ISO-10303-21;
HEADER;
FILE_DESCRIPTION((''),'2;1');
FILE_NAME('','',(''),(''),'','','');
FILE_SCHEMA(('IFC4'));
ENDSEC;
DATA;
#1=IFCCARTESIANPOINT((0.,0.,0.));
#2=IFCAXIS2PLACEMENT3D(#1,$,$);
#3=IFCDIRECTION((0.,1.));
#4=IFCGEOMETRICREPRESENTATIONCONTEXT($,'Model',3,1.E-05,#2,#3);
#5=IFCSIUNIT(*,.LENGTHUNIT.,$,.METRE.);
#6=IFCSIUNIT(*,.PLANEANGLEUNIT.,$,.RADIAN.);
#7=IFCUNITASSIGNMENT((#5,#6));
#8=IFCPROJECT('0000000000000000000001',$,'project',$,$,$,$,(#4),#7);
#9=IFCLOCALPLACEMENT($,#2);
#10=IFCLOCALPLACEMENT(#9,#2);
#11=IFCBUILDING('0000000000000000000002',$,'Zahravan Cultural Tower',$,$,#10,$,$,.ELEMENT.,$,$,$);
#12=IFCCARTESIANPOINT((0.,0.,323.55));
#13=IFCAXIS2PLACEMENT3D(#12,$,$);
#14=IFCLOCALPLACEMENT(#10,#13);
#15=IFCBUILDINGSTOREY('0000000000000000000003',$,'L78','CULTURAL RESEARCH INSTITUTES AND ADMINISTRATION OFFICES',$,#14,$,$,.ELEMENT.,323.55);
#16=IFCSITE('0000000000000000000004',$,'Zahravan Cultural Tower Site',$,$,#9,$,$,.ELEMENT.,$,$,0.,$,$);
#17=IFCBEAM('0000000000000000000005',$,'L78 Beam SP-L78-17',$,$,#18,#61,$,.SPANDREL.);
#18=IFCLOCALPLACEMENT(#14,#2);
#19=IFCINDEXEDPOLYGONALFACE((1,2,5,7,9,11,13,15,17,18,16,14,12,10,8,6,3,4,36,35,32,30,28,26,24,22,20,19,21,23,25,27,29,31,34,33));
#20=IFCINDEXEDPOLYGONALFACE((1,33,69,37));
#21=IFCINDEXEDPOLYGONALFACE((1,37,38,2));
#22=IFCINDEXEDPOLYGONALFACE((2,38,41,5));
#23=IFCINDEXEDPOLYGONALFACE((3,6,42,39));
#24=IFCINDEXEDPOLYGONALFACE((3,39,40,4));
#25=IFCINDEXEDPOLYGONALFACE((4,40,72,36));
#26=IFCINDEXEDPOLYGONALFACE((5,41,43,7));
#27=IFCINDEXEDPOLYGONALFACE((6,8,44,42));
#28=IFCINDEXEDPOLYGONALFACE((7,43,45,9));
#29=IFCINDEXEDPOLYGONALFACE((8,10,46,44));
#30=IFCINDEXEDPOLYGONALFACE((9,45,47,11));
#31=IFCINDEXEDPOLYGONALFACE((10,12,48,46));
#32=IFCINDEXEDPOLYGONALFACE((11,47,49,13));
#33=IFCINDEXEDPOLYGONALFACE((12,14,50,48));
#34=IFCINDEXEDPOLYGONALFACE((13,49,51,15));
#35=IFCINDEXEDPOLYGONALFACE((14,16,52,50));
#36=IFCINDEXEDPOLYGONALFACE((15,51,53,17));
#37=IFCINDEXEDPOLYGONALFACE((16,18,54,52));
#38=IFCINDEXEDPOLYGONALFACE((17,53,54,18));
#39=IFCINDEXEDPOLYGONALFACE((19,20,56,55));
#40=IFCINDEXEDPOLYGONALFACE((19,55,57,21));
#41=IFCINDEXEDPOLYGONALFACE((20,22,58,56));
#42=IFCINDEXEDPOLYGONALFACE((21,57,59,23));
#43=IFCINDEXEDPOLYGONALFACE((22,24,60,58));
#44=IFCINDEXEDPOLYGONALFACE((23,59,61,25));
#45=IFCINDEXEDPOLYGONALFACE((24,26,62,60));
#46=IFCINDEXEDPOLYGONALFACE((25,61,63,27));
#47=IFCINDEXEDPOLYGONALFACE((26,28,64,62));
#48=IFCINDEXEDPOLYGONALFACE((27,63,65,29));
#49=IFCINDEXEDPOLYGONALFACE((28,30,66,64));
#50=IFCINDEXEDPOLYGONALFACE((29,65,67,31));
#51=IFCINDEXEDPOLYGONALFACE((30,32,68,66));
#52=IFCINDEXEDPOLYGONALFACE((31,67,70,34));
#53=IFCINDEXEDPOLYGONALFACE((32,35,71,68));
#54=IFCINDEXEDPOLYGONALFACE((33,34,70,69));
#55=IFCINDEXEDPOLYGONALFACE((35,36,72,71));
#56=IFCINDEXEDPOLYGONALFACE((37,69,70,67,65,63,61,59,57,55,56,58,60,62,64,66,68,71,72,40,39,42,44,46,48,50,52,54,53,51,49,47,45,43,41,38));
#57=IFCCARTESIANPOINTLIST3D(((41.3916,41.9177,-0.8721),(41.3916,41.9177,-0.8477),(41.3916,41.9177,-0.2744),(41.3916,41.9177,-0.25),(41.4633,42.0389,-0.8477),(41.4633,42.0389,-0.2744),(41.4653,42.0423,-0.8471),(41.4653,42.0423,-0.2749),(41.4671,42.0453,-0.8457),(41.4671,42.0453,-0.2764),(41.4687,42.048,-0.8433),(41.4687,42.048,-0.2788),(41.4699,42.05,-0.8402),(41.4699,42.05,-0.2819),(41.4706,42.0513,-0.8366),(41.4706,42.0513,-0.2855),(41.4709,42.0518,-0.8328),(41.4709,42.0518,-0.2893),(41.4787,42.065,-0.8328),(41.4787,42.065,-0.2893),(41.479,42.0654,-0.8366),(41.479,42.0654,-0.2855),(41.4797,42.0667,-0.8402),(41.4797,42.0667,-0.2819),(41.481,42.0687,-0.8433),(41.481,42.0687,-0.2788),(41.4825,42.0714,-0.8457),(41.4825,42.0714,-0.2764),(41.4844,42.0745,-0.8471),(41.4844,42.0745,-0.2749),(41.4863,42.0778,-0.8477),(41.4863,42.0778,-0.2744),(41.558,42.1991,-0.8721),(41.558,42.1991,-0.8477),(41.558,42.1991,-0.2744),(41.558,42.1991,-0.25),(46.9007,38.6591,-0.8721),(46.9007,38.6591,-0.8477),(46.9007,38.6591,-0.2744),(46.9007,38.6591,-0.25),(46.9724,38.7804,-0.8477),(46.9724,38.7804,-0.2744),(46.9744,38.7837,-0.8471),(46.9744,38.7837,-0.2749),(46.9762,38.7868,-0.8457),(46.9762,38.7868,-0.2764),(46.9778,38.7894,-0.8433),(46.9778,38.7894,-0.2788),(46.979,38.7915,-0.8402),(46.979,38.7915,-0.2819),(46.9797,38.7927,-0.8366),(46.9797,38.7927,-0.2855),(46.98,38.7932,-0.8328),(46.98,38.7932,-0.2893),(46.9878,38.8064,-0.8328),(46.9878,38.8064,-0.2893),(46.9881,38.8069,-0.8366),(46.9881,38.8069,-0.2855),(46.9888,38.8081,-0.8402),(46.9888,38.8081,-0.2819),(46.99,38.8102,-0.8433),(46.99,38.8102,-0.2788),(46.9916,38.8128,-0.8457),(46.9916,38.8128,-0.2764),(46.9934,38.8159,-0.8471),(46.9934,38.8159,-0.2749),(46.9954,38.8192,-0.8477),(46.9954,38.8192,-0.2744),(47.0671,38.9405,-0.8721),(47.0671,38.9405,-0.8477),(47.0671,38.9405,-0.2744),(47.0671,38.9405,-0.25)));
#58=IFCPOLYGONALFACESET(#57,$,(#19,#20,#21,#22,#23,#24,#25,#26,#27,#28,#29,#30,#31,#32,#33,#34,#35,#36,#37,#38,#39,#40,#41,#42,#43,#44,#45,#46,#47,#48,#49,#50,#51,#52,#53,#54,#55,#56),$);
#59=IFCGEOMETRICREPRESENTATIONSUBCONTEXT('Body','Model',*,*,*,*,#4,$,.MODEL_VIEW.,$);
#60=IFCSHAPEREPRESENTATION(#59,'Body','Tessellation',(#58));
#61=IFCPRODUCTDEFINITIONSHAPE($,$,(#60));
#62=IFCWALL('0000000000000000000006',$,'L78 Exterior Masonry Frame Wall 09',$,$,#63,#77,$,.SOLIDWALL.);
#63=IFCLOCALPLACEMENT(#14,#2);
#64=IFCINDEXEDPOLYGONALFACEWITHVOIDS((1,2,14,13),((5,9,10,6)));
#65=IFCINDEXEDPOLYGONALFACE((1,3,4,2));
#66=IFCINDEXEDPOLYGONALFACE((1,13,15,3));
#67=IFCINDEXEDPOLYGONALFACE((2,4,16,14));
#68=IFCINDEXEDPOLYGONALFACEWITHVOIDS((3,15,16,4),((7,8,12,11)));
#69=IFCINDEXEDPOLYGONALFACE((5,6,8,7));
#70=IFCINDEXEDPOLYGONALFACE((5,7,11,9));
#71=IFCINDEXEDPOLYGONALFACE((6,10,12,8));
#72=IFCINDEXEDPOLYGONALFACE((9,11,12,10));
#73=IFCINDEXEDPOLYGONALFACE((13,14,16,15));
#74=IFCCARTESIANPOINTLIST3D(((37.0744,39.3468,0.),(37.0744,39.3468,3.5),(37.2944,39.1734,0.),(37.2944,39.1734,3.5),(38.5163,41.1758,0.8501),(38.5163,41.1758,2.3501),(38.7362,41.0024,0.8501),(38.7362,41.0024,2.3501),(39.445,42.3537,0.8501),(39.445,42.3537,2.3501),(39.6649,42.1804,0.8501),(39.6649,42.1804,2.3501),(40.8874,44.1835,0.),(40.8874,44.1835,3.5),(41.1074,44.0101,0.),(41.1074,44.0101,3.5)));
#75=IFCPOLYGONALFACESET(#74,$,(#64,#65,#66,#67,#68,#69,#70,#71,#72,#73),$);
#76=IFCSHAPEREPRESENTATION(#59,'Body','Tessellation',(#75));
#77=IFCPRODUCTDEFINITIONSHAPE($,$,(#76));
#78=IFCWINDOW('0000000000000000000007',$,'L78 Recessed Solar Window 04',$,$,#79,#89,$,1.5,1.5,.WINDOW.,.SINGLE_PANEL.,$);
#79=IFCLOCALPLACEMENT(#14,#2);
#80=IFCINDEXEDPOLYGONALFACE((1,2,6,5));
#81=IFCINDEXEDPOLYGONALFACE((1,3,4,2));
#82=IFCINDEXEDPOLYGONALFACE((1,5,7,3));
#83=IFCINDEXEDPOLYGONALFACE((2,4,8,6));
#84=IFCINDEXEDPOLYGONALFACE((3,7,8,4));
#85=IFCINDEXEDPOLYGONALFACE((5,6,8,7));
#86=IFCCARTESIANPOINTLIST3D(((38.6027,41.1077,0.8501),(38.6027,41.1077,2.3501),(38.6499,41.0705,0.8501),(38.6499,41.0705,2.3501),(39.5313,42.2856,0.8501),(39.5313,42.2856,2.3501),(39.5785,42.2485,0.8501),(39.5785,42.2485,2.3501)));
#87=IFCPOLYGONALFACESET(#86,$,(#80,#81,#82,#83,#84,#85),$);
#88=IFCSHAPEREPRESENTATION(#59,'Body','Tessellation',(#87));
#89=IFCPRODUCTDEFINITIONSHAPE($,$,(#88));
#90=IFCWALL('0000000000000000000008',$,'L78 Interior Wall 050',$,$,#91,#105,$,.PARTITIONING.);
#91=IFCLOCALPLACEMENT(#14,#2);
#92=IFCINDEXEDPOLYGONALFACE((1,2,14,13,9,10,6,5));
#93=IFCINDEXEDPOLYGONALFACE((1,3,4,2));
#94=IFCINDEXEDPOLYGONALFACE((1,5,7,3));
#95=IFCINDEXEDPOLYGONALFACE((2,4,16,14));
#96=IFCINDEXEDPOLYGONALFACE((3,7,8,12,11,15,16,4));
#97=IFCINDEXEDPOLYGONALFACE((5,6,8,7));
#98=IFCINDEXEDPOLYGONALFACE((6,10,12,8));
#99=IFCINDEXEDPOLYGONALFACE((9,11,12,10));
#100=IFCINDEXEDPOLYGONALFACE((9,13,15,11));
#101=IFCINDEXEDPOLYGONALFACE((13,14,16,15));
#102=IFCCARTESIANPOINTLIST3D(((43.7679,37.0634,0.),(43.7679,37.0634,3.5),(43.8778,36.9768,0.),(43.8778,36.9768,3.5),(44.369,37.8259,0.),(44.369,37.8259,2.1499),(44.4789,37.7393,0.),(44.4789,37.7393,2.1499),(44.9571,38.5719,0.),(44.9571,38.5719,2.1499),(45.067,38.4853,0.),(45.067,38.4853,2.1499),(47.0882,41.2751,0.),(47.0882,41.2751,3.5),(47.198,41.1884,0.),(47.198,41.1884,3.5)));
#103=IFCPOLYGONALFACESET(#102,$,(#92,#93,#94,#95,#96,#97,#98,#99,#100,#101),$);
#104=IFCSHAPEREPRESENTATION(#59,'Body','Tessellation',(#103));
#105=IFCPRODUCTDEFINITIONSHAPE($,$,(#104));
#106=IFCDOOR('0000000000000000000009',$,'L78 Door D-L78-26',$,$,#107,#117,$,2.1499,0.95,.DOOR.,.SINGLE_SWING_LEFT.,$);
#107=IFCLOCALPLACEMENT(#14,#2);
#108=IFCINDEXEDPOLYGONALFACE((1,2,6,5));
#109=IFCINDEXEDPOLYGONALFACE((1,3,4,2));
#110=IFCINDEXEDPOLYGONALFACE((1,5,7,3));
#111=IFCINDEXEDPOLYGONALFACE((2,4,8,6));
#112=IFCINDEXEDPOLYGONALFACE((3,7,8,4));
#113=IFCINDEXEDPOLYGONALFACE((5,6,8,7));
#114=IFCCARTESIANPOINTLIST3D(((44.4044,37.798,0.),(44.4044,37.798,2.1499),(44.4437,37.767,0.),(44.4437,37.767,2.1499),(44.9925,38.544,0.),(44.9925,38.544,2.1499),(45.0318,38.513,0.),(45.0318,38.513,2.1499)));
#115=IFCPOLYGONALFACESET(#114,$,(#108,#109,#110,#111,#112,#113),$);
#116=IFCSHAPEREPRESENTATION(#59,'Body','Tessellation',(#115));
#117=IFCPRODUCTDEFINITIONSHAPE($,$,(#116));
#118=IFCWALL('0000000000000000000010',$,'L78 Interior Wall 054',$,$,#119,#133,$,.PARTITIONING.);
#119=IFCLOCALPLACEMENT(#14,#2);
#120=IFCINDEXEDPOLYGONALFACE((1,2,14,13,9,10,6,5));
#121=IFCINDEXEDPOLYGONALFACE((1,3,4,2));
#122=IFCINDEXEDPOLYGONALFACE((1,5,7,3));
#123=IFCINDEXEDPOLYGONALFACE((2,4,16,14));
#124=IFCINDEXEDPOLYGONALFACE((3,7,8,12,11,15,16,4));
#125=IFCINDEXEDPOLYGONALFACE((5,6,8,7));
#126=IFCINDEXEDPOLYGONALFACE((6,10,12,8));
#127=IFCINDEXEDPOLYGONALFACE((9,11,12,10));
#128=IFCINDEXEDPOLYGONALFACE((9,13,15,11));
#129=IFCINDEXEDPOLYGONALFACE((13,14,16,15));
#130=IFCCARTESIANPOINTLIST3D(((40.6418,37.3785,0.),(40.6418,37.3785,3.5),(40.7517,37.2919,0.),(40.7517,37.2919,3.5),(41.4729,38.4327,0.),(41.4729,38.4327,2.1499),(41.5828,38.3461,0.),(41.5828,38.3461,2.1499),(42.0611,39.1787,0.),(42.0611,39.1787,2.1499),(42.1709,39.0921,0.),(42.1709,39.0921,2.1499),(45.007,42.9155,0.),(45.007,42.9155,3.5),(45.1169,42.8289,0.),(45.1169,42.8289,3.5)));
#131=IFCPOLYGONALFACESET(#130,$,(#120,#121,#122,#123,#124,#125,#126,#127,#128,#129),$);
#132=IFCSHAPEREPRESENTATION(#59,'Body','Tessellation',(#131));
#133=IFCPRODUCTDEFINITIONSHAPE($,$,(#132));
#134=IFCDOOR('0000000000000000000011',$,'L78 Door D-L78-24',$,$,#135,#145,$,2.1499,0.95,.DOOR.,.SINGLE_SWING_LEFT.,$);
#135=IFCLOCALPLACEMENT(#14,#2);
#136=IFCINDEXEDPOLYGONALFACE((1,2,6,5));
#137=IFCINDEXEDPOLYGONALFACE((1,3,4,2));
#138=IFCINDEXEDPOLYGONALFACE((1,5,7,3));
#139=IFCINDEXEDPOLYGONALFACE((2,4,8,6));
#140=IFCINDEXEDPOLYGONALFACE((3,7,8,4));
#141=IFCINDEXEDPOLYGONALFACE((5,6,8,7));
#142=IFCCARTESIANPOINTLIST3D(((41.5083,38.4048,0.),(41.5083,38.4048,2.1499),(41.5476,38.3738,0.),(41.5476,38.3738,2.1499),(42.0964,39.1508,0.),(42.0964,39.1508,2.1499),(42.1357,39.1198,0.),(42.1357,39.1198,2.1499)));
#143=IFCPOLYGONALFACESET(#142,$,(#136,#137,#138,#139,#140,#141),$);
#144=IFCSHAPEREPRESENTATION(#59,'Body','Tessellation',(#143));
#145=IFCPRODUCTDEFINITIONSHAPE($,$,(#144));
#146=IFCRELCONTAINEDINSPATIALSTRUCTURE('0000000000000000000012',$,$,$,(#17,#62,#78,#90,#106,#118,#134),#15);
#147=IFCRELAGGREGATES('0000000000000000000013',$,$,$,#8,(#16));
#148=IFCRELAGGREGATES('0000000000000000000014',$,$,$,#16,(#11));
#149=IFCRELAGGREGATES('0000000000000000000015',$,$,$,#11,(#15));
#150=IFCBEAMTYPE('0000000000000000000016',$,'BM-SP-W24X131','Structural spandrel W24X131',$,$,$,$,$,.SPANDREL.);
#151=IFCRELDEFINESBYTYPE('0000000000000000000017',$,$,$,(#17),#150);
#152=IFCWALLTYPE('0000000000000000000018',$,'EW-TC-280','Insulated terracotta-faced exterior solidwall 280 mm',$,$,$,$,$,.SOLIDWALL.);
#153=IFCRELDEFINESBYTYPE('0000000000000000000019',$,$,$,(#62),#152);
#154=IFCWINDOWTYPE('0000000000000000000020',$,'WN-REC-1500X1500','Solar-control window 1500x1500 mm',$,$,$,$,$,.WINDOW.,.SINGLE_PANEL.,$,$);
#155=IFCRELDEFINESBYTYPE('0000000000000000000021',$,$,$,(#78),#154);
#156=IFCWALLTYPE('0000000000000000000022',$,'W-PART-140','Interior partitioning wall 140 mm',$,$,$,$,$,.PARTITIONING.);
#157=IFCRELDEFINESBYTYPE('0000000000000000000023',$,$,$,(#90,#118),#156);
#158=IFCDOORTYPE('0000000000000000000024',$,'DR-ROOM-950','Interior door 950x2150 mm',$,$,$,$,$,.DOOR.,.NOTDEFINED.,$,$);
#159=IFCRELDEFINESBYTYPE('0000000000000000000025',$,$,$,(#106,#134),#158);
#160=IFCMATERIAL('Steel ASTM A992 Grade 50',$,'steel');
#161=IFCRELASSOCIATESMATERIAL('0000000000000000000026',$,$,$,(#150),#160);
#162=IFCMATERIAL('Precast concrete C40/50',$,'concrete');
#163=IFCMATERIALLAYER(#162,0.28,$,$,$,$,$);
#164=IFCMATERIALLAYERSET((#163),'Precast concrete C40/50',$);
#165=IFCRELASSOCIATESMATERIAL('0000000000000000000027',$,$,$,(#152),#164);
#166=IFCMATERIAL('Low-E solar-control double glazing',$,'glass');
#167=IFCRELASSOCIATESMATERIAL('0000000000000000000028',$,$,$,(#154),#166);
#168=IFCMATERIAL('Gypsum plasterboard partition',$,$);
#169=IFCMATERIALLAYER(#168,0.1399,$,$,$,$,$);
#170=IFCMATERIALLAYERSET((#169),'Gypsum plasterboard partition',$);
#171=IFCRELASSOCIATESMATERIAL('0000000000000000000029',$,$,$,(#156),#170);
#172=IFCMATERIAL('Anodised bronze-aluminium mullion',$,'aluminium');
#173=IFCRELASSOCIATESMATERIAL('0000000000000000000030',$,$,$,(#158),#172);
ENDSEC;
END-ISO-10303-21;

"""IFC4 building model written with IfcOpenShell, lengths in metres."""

from ifc_helpers import new_model, si_unit, direction, frame, frame_2d, origin, origin_2d, place, context, subcontext, project, spatial, rectangle, i_section, extrude, source, transform, mapped, material, layer, layer_set, material_profile, profile_set, type_object, element, fill, save


model = new_model("IFC4")

# Units and contexts
model_context = context("Model", 3, precision=1e-05, world=origin(), true_north=direction((0.0, 1.0)))
body_context = subcontext(model_context, "Body", "Model", "MODEL_VIEW")
ifc_project = project(units=[si_unit("LENGTHUNIT", "METRE"), si_unit("PLANEANGLEUNIT", "RADIAN")], contexts=[model_context])

# Site, building, storey
site_placement = place(None, origin())
site = spatial("IfcSite", under=ifc_project, at=site_placement, Name="Zahravan Cultural Tower Site", CompositionType="ELEMENT", RefElevation=0.0)
building_placement = place(site_placement, origin())
building = spatial("IfcBuilding", under=site, at=building_placement, Name="Zahravan Cultural Tower", CompositionType="ELEMENT")
storey_placement = place(building_placement, frame((0.0, 0.0, 323.55)))
storey = spatial("IfcBuildingStorey", under=building, at=storey_placement, Name="L78", Description="CULTURAL RESEARCH INSTITUTES AND ADMINISTRATION OFFICES", CompositionType="ELEMENT", Elevation=323.55)

# Shared definitions
ifc_material_1 = material(Name="Steel ASTM A992 Grade 50", Category="steel")

# Beam
ifc_material_profile_1 = material_profile(ifc_material_1, i_section(OverallWidth=0.3269, OverallDepth=0.6221, WebThickness=0.0154, FlangeThickness=0.0244, FilletRadius=0.0149, at=origin_2d()), Name="W24X131")
ifc_profile_set_1 = profile_set([ifc_material_profile_1], Name="Steel ASTM A992 Grade 50")
beam_type_1 = type_object("IfcBeamType", Name="BM-SP-W24X131", Description="Structural spandrel W24X131", PredefinedType="SPANDREL", material=ifc_profile_set_1)
shared_shape_1 = source(origin(), body_context, "Body", "SweptSolid", [
    extrude(i_section(OverallWidth=0.3269, OverallDepth=0.6221, WebThickness=0.0154, FlangeThickness=0.0244, FilletRadius=0.0149, at=origin_2d()), origin(), (0.0, 0.0, 1.0), 6.4006),
])
beam_1_placement = place(storey_placement, frame((46.9839, 38.7998, -0.561), z_axis=(-0.860707, 0.509101, 0.0), x_axis=(-0.509101, -0.860707, 0.0)))
element("IfcBeam", 1, at=beam_1_placement, inside=storey, type_object=beam_type_1, Name="L78 Beam SP-L78-17", PredefinedType="SPANDREL", context=body_context, shape_type="MappedRepresentation", body=[
    mapped(shared_shape_1, transform((0.0, 0.0, 0.0), x_axis=(1.0, 0.0, 0.0), y_axis=(0.0, 1.0, 0.0), z_axis=(0.0, 0.0, 1.0), scale=1.0)),
])

# Wall, opening, window
ifc_material_2 = material(Name="Precast concrete C40/50", Category="concrete")
ifc_layer_1 = layer(ifc_material_2, 0.28)
ifc_layer_set_1 = layer_set([ifc_layer_1], Name="Precast concrete C40/50")
wall_type_1 = type_object("IfcWallType", Name="EW-TC-280", Description="Insulated terracotta-faced exterior solidwall 280 mm", PredefinedType="SOLIDWALL", material=ifc_layer_set_1)
wall_1_placement = place(storey_placement, frame((37.1843, 39.26, 0.0), z_axis=(0.0, 0.0, 1.0), x_axis=(0.6191, 0.785312, 0.0)))
wall_1 = element("IfcWall", 2, at=wall_1_placement, inside=storey, type_object=wall_type_1, Name="L78 Exterior Masonry Frame Wall 09", PredefinedType="SOLIDWALL", context=body_context, shape_type="SweptSolid", body=[
    extrude(rectangle(XDim=6.1589, YDim=0.28, at=frame_2d((3.0796, 0.0))), origin(), (0.0, 0.0, 1.0), 3.5),
])
opening_1_placement = place(wall_1_placement, frame((2.3291, 0.0, 0.8501)))
opening_1 = element("IfcOpeningElement", 3, at=opening_1_placement, cuts=wall_1, PredefinedType="OPENING", context=body_context, shape_type="SweptSolid", body=[
    extrude(rectangle(XDim=1.5, YDim=1.5, at=frame_2d((0.75, 0.75))), frame((0.0, 0.1499, 0.0), z_axis=(0.0, -1.0, 0.0), x_axis=(1.0, 0.0, 0.0)), (0.0, 0.0, 1.0), 0.3),
])
ifc_material_3 = material(Name="Low-E solar-control double glazing", Category="glass")
window_type = type_object("IfcWindowType", Name="WN-REC-1500X1500", Description="Solar-control window 1500x1500 mm", PartitioningType="SINGLE_PANEL", PredefinedType="WINDOW", material=ifc_material_3)
shared_shape_2 = source(origin(), body_context, "Body", "SweptSolid", [
    extrude(rectangle(XDim=1.5, YDim=1.5, at=frame_2d((0.75, 0.75))), frame((0.0, 0.03, 0.0), z_axis=(0.0, -1.0, 0.0), x_axis=(1.0, 0.0, 0.0)), (0.0, 0.0, 1.0), 0.0601),
])
window_placement = place(opening_1_placement, origin())
window = element("IfcWindow", 4, at=window_placement, inside=storey, type_object=window_type, Name="L78 Recessed Solar Window 04", OverallHeight=1.5, OverallWidth=1.5, PartitioningType="SINGLE_PANEL", PredefinedType="WINDOW", context=body_context, shape_type="MappedRepresentation", body=[
    mapped(shared_shape_2, transform((0.0, 0.0, 0.0), x_axis=(1.0, 0.0, 0.0), y_axis=(0.0, 1.0, 0.0), z_axis=(0.0, 0.0, 1.0), scale=1.0)),
])
fill(opening_1, window)

# Walls, openings, doors
ifc_material_4 = material(Name="Gypsum plasterboard partition")
ifc_layer_2 = layer(ifc_material_4, 0.1399)
ifc_layer_set_2 = layer_set([ifc_layer_2], Name="Gypsum plasterboard partition")
wall_type_2 = type_object("IfcWallType", Name="W-PART-140", Description="Interior partitioning wall 140 mm", PredefinedType="PARTITIONING", material=ifc_layer_set_2)
wall_2_placement = place(storey_placement, frame((43.8228, 37.02, 0.0), z_axis=(0.0, 0.0, 1.0), x_axis=(0.619105, 0.785308, 0.0)))
wall_2 = element("IfcWall", 5, at=wall_2_placement, inside=storey, type_object=wall_type_2, Name="L78 Interior Wall 050", PredefinedType="PARTITIONING", context=body_context, shape_type="SweptSolid", body=[
    extrude(rectangle(XDim=5.363, YDim=0.1399, at=frame_2d((2.6816, 0.0))), origin(), (0.0, 0.0, 1.0), 3.5),
])
opening_2_placement = place(wall_2_placement, frame((0.9709, 0.0, 0.0)))
opening_2 = element("IfcOpeningElement", 6, at=opening_2_placement, cuts=wall_2, PredefinedType="OPENING", context=body_context, shape_type="SweptSolid", body=[
    extrude(rectangle(XDim=0.95, YDim=2.1499, at=frame_2d((0.4751, 1.075))), frame((0.0, 0.0798, 0.0), z_axis=(0.0, -1.0, 0.0), x_axis=(1.0, 0.0, 0.0)), (0.0, 0.0, 1.0), 0.1599),
])
ifc_material_5 = material(Name="Anodised bronze-aluminium mullion", Category="aluminium")
door_type = type_object("IfcDoorType", Name="DR-ROOM-950", Description="Interior door 950x2150 mm", OperationType="NOTDEFINED", PredefinedType="DOOR", material=ifc_material_5)
shared_shape_3 = source(origin(), body_context, "Body", "SweptSolid", [
    extrude(rectangle(XDim=0.95, YDim=2.1499, at=frame_2d((0.4751, 1.075))), frame((0.0, 0.0249, 0.0), z_axis=(0.0, -1.0, 0.0), x_axis=(1.0, 0.0, 0.0)), (0.0, 0.0, 1.0), 0.05),
])
door_1_placement = place(opening_2_placement, origin())
door_1 = element("IfcDoor", 7, at=door_1_placement, inside=storey, type_object=door_type, Name="L78 Door D-L78-26", OperationType="SINGLE_SWING_LEFT", OverallHeight=2.1499, OverallWidth=0.95, PredefinedType="DOOR", context=body_context, shape_type="MappedRepresentation", body=[
    mapped(shared_shape_3, transform((0.0, 0.0, 0.0), x_axis=(1.0, 0.0, 0.0), y_axis=(0.0, 1.0, 0.0), z_axis=(0.0, 0.0, 1.0), scale=1.0)),
])
fill(opening_2, door_1)
wall_3_placement = place(storey_placement, frame((40.6968, 37.3352, 0.0), z_axis=(0.0, 0.0, 1.0), x_axis=(0.619105, 0.785308, 0.0)))
wall_3 = element("IfcWall", 8, at=wall_3_placement, inside=storey, type_object=wall_type_2, Name="L78 Interior Wall 054", PredefinedType="PARTITIONING", context=body_context, shape_type="SweptSolid", body=[
    extrude(rectangle(XDim=7.0508, YDim=0.1399, at=frame_2d((3.5254, 0.0))), origin(), (0.0, 0.0, 1.0), 3.5),
])
opening_3_placement = place(wall_3_placement, frame((1.3423, 0.0, 0.0)))
opening_3 = element("IfcOpeningElement", 9, at=opening_3_placement, cuts=wall_3, PredefinedType="OPENING", context=body_context, shape_type="SweptSolid", body=[
    extrude(rectangle(XDim=0.95, YDim=2.1499, at=frame_2d((0.4751, 1.075))), frame((0.0, 0.0798, 0.0), z_axis=(0.0, -1.0, 0.0), x_axis=(1.0, 0.0, 0.0)), (0.0, 0.0, 1.0), 0.1599),
])
door_2_placement = place(opening_3_placement, origin())
door_2 = element("IfcDoor", 10, at=door_2_placement, inside=storey, type_object=door_type, Name="L78 Door D-L78-24", OperationType="SINGLE_SWING_LEFT", OverallHeight=2.1499, OverallWidth=0.95, PredefinedType="DOOR", context=body_context, shape_type="MappedRepresentation", body=[
    mapped(shared_shape_3, transform((0.0, 0.0, 0.0), x_axis=(1.0, 0.0, 0.0), y_axis=(0.0, 1.0, 0.0), z_axis=(0.0, 0.0, 1.0), scale=1.0)),
])
fill(opening_3, door_2)

save(model, "model.ifc")
